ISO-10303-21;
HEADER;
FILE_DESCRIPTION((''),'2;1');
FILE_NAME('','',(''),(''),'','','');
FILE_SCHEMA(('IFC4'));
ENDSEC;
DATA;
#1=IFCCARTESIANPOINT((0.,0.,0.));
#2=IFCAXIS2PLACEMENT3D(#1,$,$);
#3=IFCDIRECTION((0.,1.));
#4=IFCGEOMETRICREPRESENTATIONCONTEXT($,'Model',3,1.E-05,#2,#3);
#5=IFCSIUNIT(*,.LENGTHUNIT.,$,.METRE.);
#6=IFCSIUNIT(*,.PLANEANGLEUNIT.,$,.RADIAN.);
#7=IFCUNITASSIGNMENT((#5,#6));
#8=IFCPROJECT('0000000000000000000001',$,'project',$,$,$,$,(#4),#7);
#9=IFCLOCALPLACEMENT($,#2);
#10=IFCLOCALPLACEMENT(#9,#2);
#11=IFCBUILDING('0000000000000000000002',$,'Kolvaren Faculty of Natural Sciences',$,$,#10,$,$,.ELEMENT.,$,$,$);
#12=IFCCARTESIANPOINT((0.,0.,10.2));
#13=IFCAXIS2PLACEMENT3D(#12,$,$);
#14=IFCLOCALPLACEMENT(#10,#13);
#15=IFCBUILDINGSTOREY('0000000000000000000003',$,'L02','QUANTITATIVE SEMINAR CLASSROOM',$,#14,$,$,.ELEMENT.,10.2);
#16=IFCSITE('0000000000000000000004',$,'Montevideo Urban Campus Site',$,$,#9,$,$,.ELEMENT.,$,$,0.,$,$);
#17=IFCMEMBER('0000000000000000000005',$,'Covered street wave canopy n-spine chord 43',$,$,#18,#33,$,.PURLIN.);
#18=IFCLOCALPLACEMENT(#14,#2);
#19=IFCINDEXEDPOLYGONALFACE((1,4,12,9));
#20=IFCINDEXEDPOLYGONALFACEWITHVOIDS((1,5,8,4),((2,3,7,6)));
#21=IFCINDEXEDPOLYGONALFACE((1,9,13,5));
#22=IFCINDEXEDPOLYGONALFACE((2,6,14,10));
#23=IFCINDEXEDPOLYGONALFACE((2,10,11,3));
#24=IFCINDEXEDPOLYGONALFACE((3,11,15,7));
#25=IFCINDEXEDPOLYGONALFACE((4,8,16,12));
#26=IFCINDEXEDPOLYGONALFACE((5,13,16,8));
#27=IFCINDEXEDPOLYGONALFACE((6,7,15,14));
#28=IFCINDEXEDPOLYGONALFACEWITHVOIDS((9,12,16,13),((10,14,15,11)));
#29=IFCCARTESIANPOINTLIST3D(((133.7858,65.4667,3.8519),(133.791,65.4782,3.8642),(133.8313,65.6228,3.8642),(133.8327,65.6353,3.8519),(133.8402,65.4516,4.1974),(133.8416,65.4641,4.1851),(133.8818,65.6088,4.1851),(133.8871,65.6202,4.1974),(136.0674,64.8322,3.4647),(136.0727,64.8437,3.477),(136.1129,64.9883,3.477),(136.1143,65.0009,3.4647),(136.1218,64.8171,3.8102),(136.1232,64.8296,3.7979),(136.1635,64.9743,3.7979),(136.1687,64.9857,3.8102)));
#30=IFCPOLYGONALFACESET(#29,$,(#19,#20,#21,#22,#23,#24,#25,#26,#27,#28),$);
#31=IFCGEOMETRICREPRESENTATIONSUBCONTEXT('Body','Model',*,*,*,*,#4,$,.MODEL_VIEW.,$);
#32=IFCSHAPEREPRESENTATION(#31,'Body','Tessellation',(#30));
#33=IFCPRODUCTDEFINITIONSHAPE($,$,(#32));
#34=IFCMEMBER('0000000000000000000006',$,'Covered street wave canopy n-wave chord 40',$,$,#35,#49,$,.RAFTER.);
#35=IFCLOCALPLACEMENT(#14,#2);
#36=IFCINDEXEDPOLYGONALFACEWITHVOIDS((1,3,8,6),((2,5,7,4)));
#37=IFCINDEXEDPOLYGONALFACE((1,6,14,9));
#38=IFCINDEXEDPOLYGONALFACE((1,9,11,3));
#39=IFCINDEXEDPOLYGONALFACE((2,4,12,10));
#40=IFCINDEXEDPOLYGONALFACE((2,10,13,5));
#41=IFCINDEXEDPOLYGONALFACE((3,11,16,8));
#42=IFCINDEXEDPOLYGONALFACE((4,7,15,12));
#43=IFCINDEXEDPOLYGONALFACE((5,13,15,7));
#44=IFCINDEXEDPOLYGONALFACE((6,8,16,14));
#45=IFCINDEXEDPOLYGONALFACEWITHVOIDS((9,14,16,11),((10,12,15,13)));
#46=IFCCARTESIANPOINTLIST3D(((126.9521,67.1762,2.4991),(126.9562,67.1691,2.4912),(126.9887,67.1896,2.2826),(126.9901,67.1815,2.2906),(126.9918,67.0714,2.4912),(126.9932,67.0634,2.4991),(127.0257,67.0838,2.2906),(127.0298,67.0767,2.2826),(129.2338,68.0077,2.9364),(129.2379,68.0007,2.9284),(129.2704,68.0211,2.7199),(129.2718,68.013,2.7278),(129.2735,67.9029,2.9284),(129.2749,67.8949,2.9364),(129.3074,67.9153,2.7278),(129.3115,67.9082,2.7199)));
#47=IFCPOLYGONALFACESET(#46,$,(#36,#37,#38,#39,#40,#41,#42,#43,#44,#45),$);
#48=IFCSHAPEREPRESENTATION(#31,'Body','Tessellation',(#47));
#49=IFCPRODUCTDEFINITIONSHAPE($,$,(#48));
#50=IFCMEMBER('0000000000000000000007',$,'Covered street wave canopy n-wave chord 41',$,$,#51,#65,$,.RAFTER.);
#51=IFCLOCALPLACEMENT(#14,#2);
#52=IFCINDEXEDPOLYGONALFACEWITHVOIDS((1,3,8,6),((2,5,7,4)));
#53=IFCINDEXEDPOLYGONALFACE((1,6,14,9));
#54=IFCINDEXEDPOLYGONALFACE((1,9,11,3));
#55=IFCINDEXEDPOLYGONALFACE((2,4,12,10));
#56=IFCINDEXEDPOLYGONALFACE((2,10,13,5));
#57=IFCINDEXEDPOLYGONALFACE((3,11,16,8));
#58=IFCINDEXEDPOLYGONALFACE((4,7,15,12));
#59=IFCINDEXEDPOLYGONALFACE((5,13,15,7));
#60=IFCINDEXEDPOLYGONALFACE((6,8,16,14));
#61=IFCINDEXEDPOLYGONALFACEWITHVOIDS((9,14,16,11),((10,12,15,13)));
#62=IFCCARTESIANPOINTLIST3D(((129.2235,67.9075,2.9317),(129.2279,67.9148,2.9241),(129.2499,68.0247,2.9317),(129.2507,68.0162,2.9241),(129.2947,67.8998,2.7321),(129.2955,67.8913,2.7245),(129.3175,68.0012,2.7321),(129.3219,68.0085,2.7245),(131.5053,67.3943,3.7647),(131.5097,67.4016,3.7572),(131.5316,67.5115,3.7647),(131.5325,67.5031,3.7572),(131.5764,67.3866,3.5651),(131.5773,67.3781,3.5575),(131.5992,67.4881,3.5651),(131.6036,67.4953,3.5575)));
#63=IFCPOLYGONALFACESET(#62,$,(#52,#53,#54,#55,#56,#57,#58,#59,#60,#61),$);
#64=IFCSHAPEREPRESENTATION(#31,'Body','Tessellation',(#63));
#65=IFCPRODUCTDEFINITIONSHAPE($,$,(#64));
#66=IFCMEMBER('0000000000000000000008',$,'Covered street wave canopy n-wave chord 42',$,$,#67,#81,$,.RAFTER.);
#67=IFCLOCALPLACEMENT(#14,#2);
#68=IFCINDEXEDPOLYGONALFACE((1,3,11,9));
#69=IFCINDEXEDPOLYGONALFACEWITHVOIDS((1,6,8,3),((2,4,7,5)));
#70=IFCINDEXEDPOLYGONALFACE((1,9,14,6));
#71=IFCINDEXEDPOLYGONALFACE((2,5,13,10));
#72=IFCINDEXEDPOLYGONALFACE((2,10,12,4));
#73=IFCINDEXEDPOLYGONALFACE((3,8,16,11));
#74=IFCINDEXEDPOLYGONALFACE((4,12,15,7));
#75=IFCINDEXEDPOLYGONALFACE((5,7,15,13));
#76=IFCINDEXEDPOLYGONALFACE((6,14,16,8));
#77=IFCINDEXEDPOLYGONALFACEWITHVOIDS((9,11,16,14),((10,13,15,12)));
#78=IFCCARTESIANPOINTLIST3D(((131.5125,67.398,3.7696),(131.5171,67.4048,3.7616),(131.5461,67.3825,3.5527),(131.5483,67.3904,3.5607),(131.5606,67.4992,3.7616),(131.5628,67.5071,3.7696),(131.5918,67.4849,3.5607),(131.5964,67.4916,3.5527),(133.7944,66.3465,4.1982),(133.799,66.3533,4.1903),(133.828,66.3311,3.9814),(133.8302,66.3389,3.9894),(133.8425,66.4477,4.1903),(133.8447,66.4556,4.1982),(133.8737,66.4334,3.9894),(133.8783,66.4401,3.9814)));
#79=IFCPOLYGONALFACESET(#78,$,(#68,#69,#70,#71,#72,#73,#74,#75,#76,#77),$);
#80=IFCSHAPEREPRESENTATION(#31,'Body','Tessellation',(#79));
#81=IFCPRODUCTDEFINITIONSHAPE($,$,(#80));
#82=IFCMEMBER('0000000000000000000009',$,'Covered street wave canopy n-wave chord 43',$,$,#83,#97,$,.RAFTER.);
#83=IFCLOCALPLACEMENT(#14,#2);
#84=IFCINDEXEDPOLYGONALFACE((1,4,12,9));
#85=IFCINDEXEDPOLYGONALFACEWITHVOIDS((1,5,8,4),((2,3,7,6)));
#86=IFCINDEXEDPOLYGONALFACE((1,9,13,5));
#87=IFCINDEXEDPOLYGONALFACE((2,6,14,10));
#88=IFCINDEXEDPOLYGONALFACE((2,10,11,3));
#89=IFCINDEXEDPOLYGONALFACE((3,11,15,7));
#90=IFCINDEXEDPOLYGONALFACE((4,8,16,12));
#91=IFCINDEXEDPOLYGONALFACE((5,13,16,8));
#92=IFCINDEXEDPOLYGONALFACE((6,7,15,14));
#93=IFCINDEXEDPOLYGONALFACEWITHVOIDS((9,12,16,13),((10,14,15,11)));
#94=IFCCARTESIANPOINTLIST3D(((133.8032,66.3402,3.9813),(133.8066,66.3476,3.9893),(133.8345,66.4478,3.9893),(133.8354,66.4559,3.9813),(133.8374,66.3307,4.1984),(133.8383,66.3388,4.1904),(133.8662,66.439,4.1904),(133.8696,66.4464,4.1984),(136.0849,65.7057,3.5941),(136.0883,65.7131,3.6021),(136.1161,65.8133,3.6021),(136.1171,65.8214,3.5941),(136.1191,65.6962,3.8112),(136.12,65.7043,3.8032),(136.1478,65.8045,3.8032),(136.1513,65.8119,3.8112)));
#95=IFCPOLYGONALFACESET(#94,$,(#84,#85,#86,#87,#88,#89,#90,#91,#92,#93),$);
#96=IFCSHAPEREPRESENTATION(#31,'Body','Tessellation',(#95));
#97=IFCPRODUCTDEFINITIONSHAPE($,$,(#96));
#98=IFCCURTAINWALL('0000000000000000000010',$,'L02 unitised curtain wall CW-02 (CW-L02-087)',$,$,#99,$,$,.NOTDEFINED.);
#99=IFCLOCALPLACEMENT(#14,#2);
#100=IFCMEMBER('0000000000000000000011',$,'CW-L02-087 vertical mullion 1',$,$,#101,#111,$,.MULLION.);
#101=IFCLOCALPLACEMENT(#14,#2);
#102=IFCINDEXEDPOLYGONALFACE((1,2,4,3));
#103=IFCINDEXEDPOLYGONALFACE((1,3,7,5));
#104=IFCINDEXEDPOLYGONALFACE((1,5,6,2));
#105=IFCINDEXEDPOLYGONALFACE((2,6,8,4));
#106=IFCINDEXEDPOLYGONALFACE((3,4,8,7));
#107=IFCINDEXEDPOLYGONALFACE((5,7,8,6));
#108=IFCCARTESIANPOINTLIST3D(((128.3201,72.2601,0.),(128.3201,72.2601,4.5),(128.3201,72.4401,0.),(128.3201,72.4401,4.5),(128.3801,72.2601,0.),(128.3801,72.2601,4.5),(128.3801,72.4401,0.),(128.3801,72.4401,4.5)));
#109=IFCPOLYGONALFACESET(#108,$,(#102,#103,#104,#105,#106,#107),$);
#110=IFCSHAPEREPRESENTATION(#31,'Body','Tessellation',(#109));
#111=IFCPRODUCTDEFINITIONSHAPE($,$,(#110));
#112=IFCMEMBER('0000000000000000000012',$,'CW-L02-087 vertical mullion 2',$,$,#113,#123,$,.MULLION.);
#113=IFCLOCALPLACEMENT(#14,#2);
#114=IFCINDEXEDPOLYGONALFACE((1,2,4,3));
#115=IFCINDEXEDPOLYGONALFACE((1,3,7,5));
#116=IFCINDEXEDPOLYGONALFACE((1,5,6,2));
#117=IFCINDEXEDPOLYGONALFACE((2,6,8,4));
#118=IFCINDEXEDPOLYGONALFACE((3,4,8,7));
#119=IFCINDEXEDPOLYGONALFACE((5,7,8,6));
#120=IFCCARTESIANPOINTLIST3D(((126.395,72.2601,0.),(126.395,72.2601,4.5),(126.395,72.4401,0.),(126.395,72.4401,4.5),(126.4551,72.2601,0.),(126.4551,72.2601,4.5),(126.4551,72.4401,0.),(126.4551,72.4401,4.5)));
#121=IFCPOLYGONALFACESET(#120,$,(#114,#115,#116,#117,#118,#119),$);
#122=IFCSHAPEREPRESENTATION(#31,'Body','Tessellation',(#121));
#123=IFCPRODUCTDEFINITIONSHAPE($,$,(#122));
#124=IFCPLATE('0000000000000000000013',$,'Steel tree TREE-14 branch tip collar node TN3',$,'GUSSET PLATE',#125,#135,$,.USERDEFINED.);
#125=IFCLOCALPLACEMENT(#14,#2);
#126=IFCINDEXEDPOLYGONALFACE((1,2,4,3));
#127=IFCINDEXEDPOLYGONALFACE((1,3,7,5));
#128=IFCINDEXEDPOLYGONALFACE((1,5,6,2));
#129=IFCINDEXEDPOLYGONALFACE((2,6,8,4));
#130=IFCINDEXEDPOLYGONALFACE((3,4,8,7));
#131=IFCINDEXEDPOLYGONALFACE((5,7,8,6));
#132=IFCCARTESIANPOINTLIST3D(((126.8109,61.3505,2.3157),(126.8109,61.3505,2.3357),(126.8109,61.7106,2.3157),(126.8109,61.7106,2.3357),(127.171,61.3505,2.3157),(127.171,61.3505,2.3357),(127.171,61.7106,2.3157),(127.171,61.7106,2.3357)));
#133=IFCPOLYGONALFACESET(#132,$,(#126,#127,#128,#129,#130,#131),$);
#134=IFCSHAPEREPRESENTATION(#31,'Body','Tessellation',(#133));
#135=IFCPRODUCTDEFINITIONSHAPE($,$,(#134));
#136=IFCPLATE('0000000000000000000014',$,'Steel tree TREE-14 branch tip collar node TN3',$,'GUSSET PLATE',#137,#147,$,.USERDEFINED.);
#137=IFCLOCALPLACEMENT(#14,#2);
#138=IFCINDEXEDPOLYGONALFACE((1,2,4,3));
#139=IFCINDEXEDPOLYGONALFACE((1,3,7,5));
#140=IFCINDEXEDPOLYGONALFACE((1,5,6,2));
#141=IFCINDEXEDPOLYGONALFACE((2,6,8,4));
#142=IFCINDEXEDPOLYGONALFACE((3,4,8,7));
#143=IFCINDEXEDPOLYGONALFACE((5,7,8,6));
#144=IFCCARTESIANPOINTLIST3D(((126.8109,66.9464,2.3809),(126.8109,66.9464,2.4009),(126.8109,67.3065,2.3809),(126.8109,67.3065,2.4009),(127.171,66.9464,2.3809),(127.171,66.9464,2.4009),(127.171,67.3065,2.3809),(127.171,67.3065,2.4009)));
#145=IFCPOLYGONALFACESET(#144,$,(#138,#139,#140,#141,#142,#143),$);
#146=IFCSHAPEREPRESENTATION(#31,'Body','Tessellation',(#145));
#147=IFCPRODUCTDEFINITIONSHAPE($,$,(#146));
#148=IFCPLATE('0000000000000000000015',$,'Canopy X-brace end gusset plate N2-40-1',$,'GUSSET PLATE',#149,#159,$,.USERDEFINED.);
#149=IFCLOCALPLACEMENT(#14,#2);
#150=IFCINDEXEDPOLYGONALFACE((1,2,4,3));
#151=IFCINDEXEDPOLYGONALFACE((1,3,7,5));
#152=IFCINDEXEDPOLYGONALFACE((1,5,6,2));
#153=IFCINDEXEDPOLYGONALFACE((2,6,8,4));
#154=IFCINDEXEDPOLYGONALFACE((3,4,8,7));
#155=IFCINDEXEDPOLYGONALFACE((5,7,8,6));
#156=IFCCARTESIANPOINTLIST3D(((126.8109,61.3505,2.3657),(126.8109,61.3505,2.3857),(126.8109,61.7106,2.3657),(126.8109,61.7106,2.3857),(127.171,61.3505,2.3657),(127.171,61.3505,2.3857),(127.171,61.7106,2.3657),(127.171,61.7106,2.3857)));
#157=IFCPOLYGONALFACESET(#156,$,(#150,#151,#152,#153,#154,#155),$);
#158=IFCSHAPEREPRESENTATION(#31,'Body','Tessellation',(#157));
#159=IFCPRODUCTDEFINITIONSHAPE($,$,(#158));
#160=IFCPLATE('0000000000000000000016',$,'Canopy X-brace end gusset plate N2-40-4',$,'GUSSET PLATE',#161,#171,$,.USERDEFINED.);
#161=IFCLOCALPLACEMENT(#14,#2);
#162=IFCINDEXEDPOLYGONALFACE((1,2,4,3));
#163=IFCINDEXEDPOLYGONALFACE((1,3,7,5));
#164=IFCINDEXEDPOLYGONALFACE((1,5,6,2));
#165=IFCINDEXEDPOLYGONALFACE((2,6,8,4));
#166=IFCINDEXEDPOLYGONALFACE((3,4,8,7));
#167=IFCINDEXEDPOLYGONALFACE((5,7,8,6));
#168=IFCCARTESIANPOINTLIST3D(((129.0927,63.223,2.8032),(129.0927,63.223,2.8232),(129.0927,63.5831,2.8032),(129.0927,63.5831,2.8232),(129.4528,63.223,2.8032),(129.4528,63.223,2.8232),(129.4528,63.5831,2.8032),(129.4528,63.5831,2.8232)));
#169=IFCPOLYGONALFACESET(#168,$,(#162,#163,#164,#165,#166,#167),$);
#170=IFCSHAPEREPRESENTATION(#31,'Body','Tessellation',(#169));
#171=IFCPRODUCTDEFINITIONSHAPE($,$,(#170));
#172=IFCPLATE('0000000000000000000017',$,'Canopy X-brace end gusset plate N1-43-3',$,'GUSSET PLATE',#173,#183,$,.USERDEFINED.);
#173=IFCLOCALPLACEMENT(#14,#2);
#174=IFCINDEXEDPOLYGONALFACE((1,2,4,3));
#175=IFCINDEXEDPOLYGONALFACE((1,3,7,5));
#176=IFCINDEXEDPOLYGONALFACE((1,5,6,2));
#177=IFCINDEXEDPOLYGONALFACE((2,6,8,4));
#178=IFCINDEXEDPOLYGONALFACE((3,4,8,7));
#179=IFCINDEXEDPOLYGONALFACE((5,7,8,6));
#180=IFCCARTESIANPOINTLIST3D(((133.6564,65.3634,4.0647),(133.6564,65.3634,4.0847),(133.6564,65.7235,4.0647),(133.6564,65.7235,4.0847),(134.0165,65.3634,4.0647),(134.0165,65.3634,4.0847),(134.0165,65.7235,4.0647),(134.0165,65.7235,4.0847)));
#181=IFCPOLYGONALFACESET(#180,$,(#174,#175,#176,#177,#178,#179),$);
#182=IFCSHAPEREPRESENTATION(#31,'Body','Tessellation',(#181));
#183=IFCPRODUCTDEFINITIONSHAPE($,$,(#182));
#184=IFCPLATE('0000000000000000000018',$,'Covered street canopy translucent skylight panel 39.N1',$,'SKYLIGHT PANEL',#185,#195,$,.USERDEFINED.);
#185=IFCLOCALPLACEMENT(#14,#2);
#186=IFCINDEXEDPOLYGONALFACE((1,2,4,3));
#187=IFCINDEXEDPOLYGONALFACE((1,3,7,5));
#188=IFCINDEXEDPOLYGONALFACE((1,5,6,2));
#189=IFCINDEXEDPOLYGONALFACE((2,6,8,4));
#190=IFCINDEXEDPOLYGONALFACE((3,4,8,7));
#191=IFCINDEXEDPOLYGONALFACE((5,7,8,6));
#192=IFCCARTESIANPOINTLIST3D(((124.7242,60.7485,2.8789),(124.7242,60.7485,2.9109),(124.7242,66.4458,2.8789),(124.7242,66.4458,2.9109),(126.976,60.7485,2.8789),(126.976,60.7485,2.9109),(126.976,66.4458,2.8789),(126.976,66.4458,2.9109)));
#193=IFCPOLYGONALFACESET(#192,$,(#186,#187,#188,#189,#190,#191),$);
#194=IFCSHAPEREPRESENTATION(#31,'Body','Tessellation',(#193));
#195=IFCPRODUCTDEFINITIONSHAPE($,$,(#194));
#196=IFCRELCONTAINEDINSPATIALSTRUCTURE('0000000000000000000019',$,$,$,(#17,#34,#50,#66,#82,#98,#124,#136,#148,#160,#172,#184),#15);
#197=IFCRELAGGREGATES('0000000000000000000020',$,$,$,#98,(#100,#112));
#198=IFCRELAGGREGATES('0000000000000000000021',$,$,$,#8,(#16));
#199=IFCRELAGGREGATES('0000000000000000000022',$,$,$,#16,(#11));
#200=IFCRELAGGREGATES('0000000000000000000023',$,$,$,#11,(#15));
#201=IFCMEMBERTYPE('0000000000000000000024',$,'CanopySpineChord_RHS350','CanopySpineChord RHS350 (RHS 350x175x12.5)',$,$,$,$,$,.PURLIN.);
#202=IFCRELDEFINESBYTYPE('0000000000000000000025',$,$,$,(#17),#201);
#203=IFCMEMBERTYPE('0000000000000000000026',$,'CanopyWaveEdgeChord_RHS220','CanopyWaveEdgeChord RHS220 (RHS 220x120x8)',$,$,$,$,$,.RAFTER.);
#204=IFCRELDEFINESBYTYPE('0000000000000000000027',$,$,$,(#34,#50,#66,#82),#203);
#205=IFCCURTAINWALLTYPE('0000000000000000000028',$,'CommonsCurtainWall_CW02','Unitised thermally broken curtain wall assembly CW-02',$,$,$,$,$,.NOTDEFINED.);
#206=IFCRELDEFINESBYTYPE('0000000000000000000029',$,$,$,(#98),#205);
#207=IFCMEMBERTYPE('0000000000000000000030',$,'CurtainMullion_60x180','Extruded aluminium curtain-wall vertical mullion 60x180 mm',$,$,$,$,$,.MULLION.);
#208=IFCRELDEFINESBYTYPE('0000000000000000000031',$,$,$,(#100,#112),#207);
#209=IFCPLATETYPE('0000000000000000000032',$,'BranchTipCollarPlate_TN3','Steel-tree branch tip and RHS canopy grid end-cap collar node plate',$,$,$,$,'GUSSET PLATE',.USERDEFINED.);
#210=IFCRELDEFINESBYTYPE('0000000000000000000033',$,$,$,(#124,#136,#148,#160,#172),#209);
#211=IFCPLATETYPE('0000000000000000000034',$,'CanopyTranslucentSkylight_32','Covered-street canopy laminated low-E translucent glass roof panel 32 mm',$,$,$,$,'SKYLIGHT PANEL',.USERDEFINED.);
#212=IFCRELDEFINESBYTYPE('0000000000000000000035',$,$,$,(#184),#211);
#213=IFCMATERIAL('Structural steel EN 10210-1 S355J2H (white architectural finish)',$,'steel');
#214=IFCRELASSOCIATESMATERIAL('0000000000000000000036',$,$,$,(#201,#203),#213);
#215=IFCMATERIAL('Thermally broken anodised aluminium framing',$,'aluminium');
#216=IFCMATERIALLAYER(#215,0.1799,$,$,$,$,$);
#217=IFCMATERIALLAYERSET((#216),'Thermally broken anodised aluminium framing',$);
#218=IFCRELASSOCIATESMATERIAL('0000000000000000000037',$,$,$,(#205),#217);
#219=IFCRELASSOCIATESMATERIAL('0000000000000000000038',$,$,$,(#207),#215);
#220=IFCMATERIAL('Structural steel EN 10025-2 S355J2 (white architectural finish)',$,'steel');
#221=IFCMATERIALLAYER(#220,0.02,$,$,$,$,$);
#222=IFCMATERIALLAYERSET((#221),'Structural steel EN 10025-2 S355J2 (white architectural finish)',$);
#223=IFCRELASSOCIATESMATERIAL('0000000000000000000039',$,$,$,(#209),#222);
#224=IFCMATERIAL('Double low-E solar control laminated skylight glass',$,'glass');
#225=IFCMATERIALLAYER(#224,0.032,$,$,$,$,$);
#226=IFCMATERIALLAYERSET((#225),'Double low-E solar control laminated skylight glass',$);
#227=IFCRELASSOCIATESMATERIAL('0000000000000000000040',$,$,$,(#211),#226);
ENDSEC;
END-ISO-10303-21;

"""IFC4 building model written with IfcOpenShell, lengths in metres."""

from ifc_helpers import new_model, si_unit, direction, frame, origin, origin_2d, place, context, subcontext, project, spatial, rectangle, hollow_rectangle, extrude, material, layer, layer_set, material_profile, profile_set, type_object, element, aggregate, save


model = new_model("IFC4")

# Units and contexts
model_context = context("Model", 3, precision=1e-05, world=origin(), true_north=direction((0.0, 1.0)))
body_context = subcontext(model_context, "Body", "Model", "MODEL_VIEW")
ifc_project = project(units=[si_unit("LENGTHUNIT", "METRE"), si_unit("PLANEANGLEUNIT", "RADIAN")], contexts=[model_context])

# Site, building, storey
site_placement = place(None, origin())
site = spatial("IfcSite", under=ifc_project, at=site_placement, Name="Montevideo Urban Campus Site", CompositionType="ELEMENT", RefElevation=0.0)
building_placement = place(site_placement, origin())
building = spatial("IfcBuilding", under=site, at=building_placement, Name="Kolvaren Faculty of Natural Sciences", CompositionType="ELEMENT")
storey_placement = place(building_placement, frame((0.0, 0.0, 10.2)))
storey = spatial("IfcBuildingStorey", under=building, at=storey_placement, Name="L02", Description="QUANTITATIVE SEMINAR CLASSROOM", CompositionType="ELEMENT", Elevation=10.2)

# Members
ifc_material_1 = material(Name="Structural steel EN 10210-1 S355J2H (white architectural finish)", Category="steel")
ifc_material_profile_1 = material_profile(ifc_material_1, hollow_rectangle(XDim=0.175, YDim=0.3501, WallThickness=0.0125, at=origin_2d()), Name="RHS 350x175x12.5")
ifc_profile_set_1 = profile_set([ifc_material_profile_1], Name="Structural steel EN 10210-1 S355J2H (white architectural finish)")
member_type_1 = type_object("IfcMemberType", Name="CanopySpineChord_RHS350", Description="CanopySpineChord RHS350 (RHS 350x175x12.5)", PredefinedType="PURLIN", material=ifc_profile_set_1)
member_1_placement = place(storey_placement, frame((133.8364, 65.5435, 4.0247), z_axis=(0.950817, -0.26441, -0.161352), x_axis=(0.26792, 0.963441, 0.0)))
element("IfcMember", 1, at=member_1_placement, inside=storey, type_object=member_type_1, Name="Covered street wave canopy n-spine chord 43", PredefinedType="PURLIN", context=body_context, shape_type="SweptSolid", body=[
    extrude(hollow_rectangle(XDim=0.175, YDim=0.3501, WallThickness=0.0125, at=origin_2d()), origin(), (0.0, 0.0, 1.0), 2.3997),
])
ifc_material_profile_2 = material_profile(ifc_material_1, hollow_rectangle(XDim=0.1201, YDim=0.22, WallThickness=0.0081, at=origin_2d()), Name="RHS 220x120x8")
ifc_profile_set_2 = profile_set([ifc_material_profile_2], Name="Structural steel EN 10210-1 S355J2H (white architectural finish)")
member_type_2 = type_object("IfcMemberType", Name="CanopyWaveEdgeChord_RHS220", Description="CanopyWaveEdgeChord RHS220 (RHS 220x120x8)", PredefinedType="RAFTER", material=ifc_profile_set_2)
member_2_placement = place(storey_placement, frame((126.991, 67.1265, 2.3909), z_axis=(0.924684, 0.336986, 0.1772), x_axis=(-0.342405, 0.939553, 0.0)))
element("IfcMember", 2, at=member_2_placement, inside=storey, type_object=member_type_2, Name="Covered street wave canopy n-wave chord 40", PredefinedType="RAFTER", context=body_context, shape_type="SweptSolid", body=[
    extrude(hollow_rectangle(XDim=0.1201, YDim=0.22, WallThickness=0.0081, at=origin_2d()), origin(), (0.0, 0.0, 1.0), 2.4675),
])
member_3_placement = place(storey_placement, frame((129.2727, 67.958, 2.8281), z_axis=(0.919071, -0.206707, 0.335531), x_axis=(0.219428, 0.975629, 0.0)))
element("IfcMember", 3, at=member_3_placement, inside=storey, type_object=member_type_2, Name="Covered street wave canopy n-wave chord 41", PredefinedType="RAFTER", context=body_context, shape_type="SweptSolid", body=[
    extrude(hollow_rectangle(XDim=0.1201, YDim=0.22, WallThickness=0.0081, at=origin_2d()), origin(), (0.0, 0.0, 1.0), 2.4827),
])
member_4_placement = place(storey_placement, frame((131.5544, 67.4448, 3.6611), z_axis=(0.895279, -0.412535, 0.168194), x_axis=(0.418497, 0.908218, 0.0)))
element("IfcMember", 4, at=member_4_placement, inside=storey, type_object=member_type_2, Name="Covered street wave canopy n-wave chord 42", PredefinedType="RAFTER", context=body_context, shape_type="SweptSolid", body=[
    extrude(hollow_rectangle(XDim=0.1201, YDim=0.22, WallThickness=0.0081, at=origin_2d()), origin(), (0.0, 0.0, 1.0), 2.5488),
])
member_5_placement = place(storey_placement, frame((133.8364, 66.3933, 4.0898), z_axis=(0.950817, -0.26441, -0.161352), x_axis=(0.26792, 0.963441, 0.0)))
element("IfcMember", 5, at=member_5_placement, inside=storey, type_object=member_type_2, Name="Covered street wave canopy n-wave chord 43", PredefinedType="RAFTER", context=body_context, shape_type="SweptSolid", body=[
    extrude(hollow_rectangle(XDim=0.1201, YDim=0.22, WallThickness=0.0081, at=origin_2d()), origin(), (0.0, 0.0, 1.0), 2.3997),
])

# Curtain wall, members
ifc_material_2 = material(Name="Thermally broken anodised aluminium framing", Category="aluminium")
ifc_layer_1 = layer(ifc_material_2, 0.1799)
ifc_layer_set_1 = layer_set([ifc_layer_1], Name="Thermally broken anodised aluminium framing")
curtain_wall_type = type_object("IfcCurtainWallType", Name="CommonsCurtainWall_CW02", Description="Unitised thermally broken curtain wall assembly CW-02", PredefinedType="NOTDEFINED", material=ifc_layer_set_1)
curtain_wall_placement = place(storey_placement, origin())
curtain_wall = element("IfcCurtainWall", 6, at=curtain_wall_placement, inside=storey, type_object=curtain_wall_type, Name="L02 unitised curtain wall CW-02 (CW-L02-087)", PredefinedType="NOTDEFINED")
ifc_material_profile_3 = material_profile(ifc_material_2, rectangle(XDim=0.0601, YDim=0.1799, at=origin_2d()), Name="ALU MUL 60x180")
ifc_profile_set_3 = profile_set([ifc_material_profile_3], Name="Thermally broken anodised aluminium framing")
member_type_3 = type_object("IfcMemberType", Name="CurtainMullion_60x180", Description="Extruded aluminium curtain-wall vertical mullion 60x180 mm", PredefinedType="MULLION", material=ifc_profile_set_3)
member_6_placement = place(storey_placement, frame((128.3501, 72.3501, 0.0), z_axis=(0.0, 0.0, 1.0), x_axis=(-1.0, 0.0, 0.0)))
member_6 = element("IfcMember", 7, at=member_6_placement, type_object=member_type_3, Name="CW-L02-087 vertical mullion 1", PredefinedType="MULLION", context=body_context, shape_type="SweptSolid", body=[
    extrude(rectangle(XDim=0.0601, YDim=0.1799, at=origin_2d()), origin(), (0.0, 0.0, 1.0), 4.5),
])
member_7_placement = place(storey_placement, frame((126.425, 72.3501, 0.0), z_axis=(0.0, 0.0, 1.0), x_axis=(-1.0, 0.0, 0.0)))
member_7 = element("IfcMember", 8, at=member_7_placement, type_object=member_type_3, Name="CW-L02-087 vertical mullion 2", PredefinedType="MULLION", context=body_context, shape_type="SweptSolid", body=[
    extrude(rectangle(XDim=0.0601, YDim=0.1799, at=origin_2d()), origin(), (0.0, 0.0, 1.0), 4.5),
])

# Plates
ifc_material_3 = material(Name="Structural steel EN 10025-2 S355J2 (white architectural finish)", Category="steel")
ifc_layer_2 = layer(ifc_material_3, 0.02)
ifc_layer_set_2 = layer_set([ifc_layer_2], Name="Structural steel EN 10025-2 S355J2 (white architectural finish)")
plate_type_1 = type_object("IfcPlateType", Name="BranchTipCollarPlate_TN3", Description="Steel-tree branch tip and RHS canopy grid end-cap collar node plate", ElementType="GUSSET PLATE", PredefinedType="USERDEFINED", material=ifc_layer_set_2)
for number, where, z_axis, x_axis, name in (
    (9, (126.991, 61.5305, 2.3157), (0.0, 0.0, 1.0), (1.0, 0.0, 0.0), "Steel tree TREE-14 branch tip collar node TN3"),
    (10, (126.991, 67.1265, 2.3809), (0.0, 0.0, 1.0), (1.0, 0.0, 0.0), "Steel tree TREE-14 branch tip collar node TN3"),
    (11, (126.991, 61.5305, 2.3657), (0.0, 0.0, 1.0), (1.0, 0.0, 0.0), "Canopy X-brace end gusset plate N2-40-1"),
    (12, (129.2727, 63.4031, 2.8032), (0.0, 0.0, 1.0), (1.0, 0.0, 0.0), "Canopy X-brace end gusset plate N2-40-4"),
    (13, (133.8364, 65.5435, 4.0647), (0.0, 0.0, 1.0), (1.0, 0.0, 0.0), "Canopy X-brace end gusset plate N1-43-3"),
):
    element("IfcPlate", number, at=place(storey_placement, frame(where, z_axis=z_axis, x_axis=x_axis)), inside=storey, type_object=plate_type_1, Name=name, ObjectType="GUSSET PLATE", PredefinedType="USERDEFINED", context=body_context, shape_type="SweptSolid", body=[
        extrude(rectangle(XDim=0.3601, YDim=0.3601, at=origin_2d()), origin(), (0.0, 0.0, 1.0), 0.02),
    ])
ifc_material_4 = material(Name="Double low-E solar control laminated skylight glass", Category="glass")
ifc_layer_3 = layer(ifc_material_4, 0.032)
ifc_layer_set_3 = layer_set([ifc_layer_3], Name="Double low-E solar control laminated skylight glass")
plate_type_2 = type_object("IfcPlateType", Name="CanopyTranslucentSkylight_32", Description="Covered-street canopy laminated low-E translucent glass roof panel 32 mm", ElementType="SKYLIGHT PANEL", PredefinedType="USERDEFINED", material=ifc_layer_set_3)
plate_1_placement = place(storey_placement, frame((125.8501, 63.5972, 2.8789), z_axis=(0.0, 0.0, 1.0), x_axis=(1.0, 0.0, 0.0)))
element("IfcPlate", 14, at=plate_1_placement, inside=storey, type_object=plate_type_2, Name="Covered street canopy translucent skylight panel 39.N1", ObjectType="SKYLIGHT PANEL", PredefinedType="USERDEFINED", context=body_context, shape_type="SweptSolid", body=[
    extrude(rectangle(XDim=2.2517, YDim=5.6973, at=origin_2d()), origin(), (0.0, 0.0, 1.0), 0.032),
])

aggregate(curtain_wall, [member_6, member_7])

save(model, "model.ifc")
